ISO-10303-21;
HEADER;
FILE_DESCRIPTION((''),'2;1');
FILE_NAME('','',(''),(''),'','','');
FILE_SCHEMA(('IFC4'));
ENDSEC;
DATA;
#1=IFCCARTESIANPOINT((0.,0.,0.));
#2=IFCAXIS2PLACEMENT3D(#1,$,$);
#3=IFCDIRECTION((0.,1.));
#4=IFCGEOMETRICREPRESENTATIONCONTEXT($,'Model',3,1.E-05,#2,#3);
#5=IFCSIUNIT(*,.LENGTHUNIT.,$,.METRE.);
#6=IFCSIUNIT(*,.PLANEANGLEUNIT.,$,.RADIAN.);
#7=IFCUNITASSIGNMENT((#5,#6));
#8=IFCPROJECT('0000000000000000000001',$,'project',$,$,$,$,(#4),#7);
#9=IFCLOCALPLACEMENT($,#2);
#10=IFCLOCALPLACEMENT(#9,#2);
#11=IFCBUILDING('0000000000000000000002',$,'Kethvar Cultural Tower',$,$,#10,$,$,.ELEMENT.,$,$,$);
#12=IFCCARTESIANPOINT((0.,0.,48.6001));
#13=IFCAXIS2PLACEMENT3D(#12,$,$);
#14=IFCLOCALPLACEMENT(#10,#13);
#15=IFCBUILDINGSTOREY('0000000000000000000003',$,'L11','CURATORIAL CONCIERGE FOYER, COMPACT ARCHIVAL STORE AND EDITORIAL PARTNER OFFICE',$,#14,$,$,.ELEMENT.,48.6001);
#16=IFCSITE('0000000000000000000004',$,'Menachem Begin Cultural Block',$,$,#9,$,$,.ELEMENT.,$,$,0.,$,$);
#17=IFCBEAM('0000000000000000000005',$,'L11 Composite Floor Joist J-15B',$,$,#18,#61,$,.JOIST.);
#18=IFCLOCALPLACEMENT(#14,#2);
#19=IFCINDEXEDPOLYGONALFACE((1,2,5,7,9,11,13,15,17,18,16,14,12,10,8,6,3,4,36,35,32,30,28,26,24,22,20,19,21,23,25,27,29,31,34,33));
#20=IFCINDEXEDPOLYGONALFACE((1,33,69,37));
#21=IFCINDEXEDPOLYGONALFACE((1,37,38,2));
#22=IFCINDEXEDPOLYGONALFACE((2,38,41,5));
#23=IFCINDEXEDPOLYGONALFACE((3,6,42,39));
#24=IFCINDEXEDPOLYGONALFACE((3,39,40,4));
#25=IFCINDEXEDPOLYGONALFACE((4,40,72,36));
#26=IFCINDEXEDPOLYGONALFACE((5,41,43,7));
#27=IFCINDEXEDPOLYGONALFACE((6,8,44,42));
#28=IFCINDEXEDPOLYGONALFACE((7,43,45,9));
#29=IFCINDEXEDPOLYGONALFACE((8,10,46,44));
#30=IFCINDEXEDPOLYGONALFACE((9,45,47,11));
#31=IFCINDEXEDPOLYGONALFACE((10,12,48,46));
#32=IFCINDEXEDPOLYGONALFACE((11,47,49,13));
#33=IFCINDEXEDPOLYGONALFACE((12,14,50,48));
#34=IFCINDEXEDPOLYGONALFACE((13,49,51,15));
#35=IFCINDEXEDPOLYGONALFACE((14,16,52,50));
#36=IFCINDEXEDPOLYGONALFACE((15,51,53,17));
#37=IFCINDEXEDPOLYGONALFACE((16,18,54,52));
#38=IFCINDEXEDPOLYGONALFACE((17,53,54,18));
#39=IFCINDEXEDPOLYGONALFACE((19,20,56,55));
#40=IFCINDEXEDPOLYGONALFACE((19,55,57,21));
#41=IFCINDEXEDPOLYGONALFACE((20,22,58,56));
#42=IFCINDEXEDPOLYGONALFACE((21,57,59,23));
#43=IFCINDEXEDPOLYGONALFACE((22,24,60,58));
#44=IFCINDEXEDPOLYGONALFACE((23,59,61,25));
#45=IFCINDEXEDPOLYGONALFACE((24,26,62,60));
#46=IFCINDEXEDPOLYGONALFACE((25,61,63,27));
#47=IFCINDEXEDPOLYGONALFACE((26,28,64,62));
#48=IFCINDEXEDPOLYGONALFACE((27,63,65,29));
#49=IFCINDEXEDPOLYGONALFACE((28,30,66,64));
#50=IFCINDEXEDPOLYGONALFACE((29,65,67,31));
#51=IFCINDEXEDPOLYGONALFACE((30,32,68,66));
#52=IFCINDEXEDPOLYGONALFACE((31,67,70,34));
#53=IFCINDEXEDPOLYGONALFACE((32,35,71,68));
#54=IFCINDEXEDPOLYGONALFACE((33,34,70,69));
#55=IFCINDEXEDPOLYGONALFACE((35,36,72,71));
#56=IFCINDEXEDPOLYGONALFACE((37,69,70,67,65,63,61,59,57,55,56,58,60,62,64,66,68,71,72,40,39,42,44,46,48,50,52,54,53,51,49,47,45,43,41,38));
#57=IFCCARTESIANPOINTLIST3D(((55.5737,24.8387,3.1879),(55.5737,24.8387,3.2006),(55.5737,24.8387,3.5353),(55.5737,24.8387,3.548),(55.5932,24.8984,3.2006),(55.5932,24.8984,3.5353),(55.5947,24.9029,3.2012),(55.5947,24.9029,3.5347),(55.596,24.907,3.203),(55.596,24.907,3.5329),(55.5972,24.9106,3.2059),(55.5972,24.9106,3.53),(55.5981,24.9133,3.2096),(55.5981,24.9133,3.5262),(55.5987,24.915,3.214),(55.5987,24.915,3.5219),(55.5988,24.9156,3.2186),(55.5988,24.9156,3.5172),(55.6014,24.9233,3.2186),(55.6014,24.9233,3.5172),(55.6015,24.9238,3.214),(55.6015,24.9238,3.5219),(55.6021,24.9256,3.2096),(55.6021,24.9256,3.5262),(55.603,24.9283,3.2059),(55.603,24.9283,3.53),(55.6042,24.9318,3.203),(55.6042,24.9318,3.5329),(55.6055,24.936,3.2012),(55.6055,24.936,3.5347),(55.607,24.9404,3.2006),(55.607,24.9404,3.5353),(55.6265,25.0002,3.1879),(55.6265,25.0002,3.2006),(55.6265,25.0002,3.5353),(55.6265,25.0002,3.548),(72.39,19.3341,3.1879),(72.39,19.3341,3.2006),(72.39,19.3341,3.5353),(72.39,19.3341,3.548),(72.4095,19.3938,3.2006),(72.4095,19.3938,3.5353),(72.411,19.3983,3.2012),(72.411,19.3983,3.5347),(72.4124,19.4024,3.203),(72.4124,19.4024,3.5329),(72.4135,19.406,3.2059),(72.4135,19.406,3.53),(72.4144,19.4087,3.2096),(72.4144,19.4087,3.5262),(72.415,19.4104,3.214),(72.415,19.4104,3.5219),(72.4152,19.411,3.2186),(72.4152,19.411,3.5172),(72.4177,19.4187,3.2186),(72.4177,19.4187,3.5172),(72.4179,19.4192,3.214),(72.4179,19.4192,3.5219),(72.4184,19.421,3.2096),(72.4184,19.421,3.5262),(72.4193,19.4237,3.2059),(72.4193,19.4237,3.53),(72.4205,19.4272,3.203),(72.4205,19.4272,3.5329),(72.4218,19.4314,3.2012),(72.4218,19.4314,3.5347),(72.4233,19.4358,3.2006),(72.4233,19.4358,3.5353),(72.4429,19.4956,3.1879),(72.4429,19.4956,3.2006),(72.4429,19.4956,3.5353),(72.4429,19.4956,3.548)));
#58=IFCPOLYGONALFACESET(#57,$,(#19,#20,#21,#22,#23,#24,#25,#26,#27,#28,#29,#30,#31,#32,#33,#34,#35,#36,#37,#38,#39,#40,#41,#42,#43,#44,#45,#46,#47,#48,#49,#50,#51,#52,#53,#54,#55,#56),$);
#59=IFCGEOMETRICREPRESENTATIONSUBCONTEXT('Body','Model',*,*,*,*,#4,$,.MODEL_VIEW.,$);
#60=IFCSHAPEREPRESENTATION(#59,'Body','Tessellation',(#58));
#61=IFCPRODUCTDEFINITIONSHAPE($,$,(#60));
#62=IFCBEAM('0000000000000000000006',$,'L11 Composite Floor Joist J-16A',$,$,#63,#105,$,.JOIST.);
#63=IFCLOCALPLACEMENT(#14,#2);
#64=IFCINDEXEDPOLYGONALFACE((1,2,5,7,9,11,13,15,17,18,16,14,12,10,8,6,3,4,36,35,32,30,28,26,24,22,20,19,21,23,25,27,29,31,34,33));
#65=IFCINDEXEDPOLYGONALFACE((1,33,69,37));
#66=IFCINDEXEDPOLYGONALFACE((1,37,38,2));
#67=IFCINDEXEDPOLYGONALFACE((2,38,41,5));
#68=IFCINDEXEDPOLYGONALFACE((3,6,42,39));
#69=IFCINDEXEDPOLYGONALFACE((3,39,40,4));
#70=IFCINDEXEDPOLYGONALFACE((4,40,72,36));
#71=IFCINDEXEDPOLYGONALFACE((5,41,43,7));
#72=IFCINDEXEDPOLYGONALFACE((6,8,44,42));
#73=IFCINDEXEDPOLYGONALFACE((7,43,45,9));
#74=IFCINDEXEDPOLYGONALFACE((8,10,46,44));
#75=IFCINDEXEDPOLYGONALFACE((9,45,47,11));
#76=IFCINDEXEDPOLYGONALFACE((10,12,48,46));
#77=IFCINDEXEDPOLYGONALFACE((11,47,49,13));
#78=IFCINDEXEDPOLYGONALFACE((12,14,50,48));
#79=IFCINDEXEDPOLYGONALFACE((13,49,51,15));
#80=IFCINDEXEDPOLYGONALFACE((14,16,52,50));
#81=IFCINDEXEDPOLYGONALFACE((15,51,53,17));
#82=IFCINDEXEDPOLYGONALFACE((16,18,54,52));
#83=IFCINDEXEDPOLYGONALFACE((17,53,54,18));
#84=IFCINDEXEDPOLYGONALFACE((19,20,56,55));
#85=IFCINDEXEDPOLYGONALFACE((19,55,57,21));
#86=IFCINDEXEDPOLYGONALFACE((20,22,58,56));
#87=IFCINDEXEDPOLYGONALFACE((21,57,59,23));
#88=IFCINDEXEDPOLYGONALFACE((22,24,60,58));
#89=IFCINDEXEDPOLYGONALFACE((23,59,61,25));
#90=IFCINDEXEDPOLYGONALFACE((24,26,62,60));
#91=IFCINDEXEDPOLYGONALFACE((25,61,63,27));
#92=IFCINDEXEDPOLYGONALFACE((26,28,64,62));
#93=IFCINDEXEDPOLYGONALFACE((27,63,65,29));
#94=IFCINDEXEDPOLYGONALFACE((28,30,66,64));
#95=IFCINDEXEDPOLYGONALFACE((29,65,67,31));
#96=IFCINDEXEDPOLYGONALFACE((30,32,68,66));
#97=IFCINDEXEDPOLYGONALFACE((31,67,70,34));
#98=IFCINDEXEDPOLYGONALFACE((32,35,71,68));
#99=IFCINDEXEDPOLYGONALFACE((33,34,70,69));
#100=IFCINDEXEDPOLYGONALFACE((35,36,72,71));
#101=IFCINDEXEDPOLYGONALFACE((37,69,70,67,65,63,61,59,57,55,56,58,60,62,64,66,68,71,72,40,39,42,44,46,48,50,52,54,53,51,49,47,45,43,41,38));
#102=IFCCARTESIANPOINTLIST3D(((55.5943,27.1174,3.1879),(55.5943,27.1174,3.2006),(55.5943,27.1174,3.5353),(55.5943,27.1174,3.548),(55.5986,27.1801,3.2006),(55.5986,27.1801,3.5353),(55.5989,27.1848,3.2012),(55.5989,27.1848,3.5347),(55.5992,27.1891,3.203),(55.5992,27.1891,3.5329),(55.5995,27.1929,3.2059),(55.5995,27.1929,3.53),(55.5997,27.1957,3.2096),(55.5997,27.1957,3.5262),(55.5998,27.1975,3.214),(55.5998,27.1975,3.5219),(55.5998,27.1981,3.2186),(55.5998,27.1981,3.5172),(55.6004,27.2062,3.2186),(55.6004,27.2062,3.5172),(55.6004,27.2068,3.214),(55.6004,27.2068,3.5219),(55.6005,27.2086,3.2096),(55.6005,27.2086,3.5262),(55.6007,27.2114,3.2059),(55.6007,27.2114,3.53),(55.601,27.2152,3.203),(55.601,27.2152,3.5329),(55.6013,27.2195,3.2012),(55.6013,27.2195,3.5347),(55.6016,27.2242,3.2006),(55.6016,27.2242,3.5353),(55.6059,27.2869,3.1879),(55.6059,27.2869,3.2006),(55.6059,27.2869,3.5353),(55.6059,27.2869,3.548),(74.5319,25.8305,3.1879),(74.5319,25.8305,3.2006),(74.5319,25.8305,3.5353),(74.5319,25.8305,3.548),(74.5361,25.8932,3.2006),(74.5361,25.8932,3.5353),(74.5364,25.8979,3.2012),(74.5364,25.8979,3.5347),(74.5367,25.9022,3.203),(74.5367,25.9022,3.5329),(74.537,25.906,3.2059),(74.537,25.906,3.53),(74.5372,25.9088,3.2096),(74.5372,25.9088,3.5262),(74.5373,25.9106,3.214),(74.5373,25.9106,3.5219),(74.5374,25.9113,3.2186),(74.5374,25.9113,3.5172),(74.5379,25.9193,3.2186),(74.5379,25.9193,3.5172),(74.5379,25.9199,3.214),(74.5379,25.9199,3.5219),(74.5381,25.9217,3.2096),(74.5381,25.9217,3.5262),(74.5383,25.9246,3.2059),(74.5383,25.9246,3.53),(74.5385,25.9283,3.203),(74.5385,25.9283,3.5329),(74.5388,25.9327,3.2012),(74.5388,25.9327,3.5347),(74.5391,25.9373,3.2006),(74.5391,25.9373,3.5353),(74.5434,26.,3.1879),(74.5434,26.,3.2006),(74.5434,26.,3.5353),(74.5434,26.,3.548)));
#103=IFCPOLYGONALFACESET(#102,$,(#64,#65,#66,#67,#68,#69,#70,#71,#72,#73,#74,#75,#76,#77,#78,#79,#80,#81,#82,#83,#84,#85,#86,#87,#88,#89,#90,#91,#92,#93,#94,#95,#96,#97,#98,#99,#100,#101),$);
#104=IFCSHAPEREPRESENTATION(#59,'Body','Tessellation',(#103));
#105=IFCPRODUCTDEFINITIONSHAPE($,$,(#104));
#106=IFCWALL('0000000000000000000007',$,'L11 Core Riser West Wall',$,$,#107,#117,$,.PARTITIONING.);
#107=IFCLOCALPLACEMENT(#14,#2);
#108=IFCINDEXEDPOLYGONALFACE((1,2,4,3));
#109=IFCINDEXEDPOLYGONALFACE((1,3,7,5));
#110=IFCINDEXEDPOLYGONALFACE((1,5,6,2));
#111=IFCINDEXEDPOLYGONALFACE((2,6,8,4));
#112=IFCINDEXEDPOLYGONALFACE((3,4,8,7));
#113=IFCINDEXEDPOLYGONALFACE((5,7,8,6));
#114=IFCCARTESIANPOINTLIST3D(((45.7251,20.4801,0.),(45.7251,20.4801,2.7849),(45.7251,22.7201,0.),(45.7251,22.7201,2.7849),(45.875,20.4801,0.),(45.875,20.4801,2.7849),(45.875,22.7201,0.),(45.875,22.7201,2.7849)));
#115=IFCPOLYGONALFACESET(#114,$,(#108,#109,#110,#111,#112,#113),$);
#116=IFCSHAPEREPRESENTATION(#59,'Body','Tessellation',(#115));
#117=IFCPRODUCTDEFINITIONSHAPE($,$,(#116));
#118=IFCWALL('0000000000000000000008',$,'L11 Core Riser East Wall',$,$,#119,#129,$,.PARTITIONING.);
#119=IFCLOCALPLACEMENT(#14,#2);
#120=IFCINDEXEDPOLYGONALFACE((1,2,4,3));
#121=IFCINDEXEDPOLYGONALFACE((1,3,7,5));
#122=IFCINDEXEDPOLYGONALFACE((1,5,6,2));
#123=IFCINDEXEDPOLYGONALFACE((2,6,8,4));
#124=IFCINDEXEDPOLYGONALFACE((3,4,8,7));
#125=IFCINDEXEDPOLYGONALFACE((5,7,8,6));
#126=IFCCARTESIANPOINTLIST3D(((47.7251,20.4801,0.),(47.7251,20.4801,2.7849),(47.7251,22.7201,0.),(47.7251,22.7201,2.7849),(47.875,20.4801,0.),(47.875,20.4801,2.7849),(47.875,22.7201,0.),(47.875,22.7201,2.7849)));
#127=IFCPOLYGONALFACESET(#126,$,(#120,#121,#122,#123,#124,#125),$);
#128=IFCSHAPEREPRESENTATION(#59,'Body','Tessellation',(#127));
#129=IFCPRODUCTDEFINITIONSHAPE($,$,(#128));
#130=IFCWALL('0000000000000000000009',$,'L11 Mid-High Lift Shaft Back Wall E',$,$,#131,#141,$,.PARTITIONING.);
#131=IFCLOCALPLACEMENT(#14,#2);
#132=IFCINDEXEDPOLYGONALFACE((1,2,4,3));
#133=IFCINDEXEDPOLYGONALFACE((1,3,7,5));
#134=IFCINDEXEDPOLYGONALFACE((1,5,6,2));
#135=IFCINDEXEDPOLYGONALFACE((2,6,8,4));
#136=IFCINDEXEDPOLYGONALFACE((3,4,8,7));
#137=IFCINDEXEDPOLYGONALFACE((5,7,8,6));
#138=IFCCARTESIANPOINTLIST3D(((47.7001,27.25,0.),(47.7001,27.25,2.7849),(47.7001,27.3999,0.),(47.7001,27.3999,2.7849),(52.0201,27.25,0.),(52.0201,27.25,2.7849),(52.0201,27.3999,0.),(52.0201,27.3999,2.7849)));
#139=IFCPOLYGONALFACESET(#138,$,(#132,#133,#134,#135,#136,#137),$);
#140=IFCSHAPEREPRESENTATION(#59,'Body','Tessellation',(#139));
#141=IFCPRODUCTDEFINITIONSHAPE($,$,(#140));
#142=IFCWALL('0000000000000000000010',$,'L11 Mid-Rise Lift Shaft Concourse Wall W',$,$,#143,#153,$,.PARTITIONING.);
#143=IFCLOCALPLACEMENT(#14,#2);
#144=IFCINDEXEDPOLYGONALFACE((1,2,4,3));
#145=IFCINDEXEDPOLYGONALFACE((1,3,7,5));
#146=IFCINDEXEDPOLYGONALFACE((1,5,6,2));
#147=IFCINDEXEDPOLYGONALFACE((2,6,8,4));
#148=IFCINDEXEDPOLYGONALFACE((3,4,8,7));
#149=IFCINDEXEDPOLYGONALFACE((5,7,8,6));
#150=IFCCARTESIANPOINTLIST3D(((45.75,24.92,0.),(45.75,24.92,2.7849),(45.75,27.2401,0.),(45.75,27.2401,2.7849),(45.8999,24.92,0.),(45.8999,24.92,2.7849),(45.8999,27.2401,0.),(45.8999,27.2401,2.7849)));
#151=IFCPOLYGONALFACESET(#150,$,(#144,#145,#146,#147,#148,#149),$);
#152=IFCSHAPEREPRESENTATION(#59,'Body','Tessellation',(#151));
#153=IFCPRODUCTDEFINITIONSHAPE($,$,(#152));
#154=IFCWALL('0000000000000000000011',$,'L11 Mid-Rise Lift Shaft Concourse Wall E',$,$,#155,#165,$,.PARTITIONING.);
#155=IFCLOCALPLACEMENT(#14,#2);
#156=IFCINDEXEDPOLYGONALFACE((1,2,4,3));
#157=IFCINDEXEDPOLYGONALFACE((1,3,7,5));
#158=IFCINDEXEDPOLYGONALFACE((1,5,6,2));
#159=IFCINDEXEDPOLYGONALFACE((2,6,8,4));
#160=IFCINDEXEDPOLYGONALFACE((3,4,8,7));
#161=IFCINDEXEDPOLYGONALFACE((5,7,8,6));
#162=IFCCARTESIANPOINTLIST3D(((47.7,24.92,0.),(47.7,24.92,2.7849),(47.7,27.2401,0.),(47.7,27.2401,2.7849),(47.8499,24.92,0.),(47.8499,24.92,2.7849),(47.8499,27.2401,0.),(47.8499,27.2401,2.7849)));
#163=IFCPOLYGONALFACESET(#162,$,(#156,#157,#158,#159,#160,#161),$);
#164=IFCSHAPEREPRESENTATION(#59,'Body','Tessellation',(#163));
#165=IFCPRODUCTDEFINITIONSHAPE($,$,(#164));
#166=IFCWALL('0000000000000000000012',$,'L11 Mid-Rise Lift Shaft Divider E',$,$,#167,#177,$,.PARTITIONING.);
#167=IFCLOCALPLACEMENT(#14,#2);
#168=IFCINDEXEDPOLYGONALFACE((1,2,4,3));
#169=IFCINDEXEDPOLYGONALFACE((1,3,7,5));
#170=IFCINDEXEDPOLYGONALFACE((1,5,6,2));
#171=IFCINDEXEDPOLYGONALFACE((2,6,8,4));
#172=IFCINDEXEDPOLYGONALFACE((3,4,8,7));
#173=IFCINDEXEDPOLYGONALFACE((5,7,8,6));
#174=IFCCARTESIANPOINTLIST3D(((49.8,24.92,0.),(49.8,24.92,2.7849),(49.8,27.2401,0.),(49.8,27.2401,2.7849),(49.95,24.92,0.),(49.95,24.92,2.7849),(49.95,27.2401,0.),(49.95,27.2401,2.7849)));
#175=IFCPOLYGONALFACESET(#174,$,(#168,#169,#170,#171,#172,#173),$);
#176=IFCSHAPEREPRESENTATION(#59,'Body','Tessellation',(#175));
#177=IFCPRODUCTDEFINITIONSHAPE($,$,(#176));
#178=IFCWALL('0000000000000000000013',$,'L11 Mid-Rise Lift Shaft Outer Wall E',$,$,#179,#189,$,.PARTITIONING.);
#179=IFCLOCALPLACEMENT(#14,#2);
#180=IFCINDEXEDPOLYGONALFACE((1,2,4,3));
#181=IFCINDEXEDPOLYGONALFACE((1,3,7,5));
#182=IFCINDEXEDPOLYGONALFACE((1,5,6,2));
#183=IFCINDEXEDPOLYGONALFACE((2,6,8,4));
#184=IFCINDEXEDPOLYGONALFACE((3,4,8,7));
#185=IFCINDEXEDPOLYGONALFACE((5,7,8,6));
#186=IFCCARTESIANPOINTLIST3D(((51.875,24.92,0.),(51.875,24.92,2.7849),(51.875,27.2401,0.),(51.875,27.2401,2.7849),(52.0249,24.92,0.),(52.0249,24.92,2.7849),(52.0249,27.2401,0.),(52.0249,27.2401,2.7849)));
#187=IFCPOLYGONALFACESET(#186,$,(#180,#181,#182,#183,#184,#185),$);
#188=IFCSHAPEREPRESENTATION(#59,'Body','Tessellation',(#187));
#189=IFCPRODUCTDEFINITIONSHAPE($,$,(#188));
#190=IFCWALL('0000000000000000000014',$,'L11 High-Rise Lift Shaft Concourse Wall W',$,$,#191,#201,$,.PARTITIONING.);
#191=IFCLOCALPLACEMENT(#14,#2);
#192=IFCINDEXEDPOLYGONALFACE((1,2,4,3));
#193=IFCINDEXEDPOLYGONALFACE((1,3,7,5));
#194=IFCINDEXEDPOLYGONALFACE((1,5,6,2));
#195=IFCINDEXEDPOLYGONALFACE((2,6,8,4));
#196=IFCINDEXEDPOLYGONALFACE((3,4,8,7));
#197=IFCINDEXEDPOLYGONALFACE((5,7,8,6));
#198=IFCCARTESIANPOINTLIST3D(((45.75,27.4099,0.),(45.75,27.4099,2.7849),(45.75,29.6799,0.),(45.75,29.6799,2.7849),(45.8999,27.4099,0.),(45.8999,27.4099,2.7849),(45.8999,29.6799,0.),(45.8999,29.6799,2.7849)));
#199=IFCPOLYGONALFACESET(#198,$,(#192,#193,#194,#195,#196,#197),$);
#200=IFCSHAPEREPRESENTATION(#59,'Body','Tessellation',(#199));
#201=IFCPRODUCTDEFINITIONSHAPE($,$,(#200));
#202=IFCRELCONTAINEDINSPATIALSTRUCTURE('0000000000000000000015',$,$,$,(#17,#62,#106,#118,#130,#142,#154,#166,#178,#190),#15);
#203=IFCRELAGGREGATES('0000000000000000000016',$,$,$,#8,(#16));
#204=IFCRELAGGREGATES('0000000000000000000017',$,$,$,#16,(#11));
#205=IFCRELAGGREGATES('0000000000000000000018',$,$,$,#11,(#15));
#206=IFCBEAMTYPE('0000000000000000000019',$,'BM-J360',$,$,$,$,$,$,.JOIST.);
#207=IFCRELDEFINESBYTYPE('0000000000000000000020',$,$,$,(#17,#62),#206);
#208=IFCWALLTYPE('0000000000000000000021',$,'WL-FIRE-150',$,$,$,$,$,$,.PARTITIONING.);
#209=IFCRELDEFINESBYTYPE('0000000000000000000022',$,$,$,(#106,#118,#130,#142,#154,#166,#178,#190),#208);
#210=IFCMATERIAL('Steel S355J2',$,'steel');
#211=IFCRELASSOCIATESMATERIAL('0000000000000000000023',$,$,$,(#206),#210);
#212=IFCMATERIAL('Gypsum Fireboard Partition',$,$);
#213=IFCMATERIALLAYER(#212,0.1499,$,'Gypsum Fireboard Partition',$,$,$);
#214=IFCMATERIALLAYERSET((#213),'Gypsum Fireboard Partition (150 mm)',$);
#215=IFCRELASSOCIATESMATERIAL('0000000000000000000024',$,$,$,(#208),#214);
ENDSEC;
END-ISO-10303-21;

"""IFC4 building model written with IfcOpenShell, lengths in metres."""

from ifc_helpers import new_model, si_unit, direction, frame, frame_2d, origin, origin_2d, place, context, subcontext, project, spatial, rectangle, i_section, extrude, source, transform, mapped, material, layer, layer_set, material_profile, profile_set, type_object, element, save


model = new_model("IFC4")

# Units and contexts
model_context = context("Model", 3, precision=1e-05, world=origin(), true_north=direction((0.0, 1.0)))
body_context = subcontext(model_context, "Body", "Model", "MODEL_VIEW")
ifc_project = project(units=[si_unit("LENGTHUNIT", "METRE"), si_unit("PLANEANGLEUNIT", "RADIAN")], contexts=[model_context])

# Site, building, storey
site_placement = place(None, origin())
site = spatial("IfcSite", under=ifc_project, at=site_placement, Name="Menachem Begin Cultural Block", CompositionType="ELEMENT", RefElevation=0.0)
building_placement = place(site_placement, origin())
building = spatial("IfcBuilding", under=site, at=building_placement, Name="Kethvar Cultural Tower", CompositionType="ELEMENT")
storey_placement = place(building_placement, frame((0.0, 0.0, 48.6001)))
storey = spatial("IfcBuildingStorey", under=building, at=storey_placement, Name="L11", Description="CURATORIAL CONCIERGE FOYER, COMPACT ARCHIVAL STORE AND EDITORIAL PARTNER OFFICE", CompositionType="ELEMENT", Elevation=48.6001)

# Beams
ifc_material_1 = material(Name="Steel S355J2", Category="steel")
ifc_material_profile_1 = material_profile(ifc_material_1, i_section(OverallWidth=0.1699, OverallDepth=0.3601, WebThickness=0.0081, FlangeThickness=0.0127, FilletRadius=0.0181, at=origin_2d()), Name="Steel S355J2 — IPE360")
ifc_profile_set_1 = profile_set([ifc_material_profile_1], Name="Steel S355J2 — IPE360")
beam_type_1 = type_object("IfcBeamType", Name="BM-J360", PredefinedType="JOIST", material=ifc_profile_set_1)
shared_shape_1 = source(origin(), body_context, "Body", "SweptSolid", [
    extrude(i_section(OverallWidth=0.1699, OverallDepth=0.3601, WebThickness=0.0081, FlangeThickness=0.0127, FilletRadius=0.0181, at=origin_2d()), origin(), (0.0, 0.0, 1.0), 17.6943),
])
beam_1_placement = place(storey_placement, frame((55.6001, 24.9194, 3.3679), z_axis=(0.950379, -0.311095, 0.0), x_axis=(0.311095, 0.950379, 0.0)))
element("IfcBeam", 1, at=beam_1_placement, inside=storey, type_object=beam_type_1, Name="L11 Composite Floor Joist J-15B", PredefinedType="JOIST", context=body_context, shape_type="MappedRepresentation", body=[
    mapped(shared_shape_1, transform((0.0, 0.0, 0.0), scale=1.0)),
])
shared_shape_2 = source(origin(), body_context, "Body", "SweptSolid", [
    extrude(i_section(OverallWidth=0.1699, OverallDepth=0.3601, WebThickness=0.0081, FlangeThickness=0.0127, FilletRadius=0.0181, at=origin_2d()), origin(), (0.0, 0.0, 1.0), 18.9812),
])
beam_2_placement = place(storey_placement, frame((55.6001, 27.2021, 3.3679), z_axis=(0.997699, -0.067797, 0.0), x_axis=(0.067797, 0.997699, 0.0)))
element("IfcBeam", 2, at=beam_2_placement, inside=storey, type_object=beam_type_1, Name="L11 Composite Floor Joist J-16A", PredefinedType="JOIST", context=body_context, shape_type="MappedRepresentation", body=[
    mapped(shared_shape_2, transform((0.0, 0.0, 0.0), scale=1.0)),
])

# Walls
ifc_material_2 = material(Name="Gypsum Fireboard Partition")
ifc_layer_1 = layer(ifc_material_2, 0.1499, Name="Gypsum Fireboard Partition")
ifc_layer_set_1 = layer_set([ifc_layer_1], Name="Gypsum Fireboard Partition (150 mm)")
wall_type_1 = type_object("IfcWallType", Name="WL-FIRE-150", PredefinedType="PARTITIONING", material=ifc_layer_set_1)
for number, where, z_axis, x_axis, name in (
    (3, (45.8, 20.48, 0.0), (0.0, 0.0, 1.0), (0.0, 1.0, 0.0), "L11 Core Riser West Wall"),
    (4, (47.8, 20.48, 0.0), (0.0, 0.0, 1.0), (0.0, 1.0, 0.0), "L11 Core Riser East Wall"),
):
    element("IfcWall", number, at=place(storey_placement, frame(where, z_axis=z_axis, x_axis=x_axis)), inside=storey, type_object=wall_type_1, Name=name, PredefinedType="PARTITIONING", context=body_context, shape_type="SweptSolid", body=[
        extrude(rectangle(XDim=2.24, YDim=0.1499, at=frame_2d((1.1201, 0.0))), origin(), (0.0, 0.0, 1.0), 2.7849),
    ])
wall_1_placement = place(storey_placement, frame((47.7, 27.325, 0.0), z_axis=(0.0, 0.0, 1.0), x_axis=(1.0, 0.0, 0.0)))
element("IfcWall", 5, at=wall_1_placement, inside=storey, type_object=wall_type_1, Name="L11 Mid-High Lift Shaft Back Wall E", PredefinedType="PARTITIONING", context=body_context, shape_type="SweptSolid", body=[
    extrude(rectangle(XDim=4.3201, YDim=0.1499, at=frame_2d((2.1602, 0.0))), origin(), (0.0, 0.0, 1.0), 2.7849),
])
for number, where, z_axis, x_axis, name in (
    (6, (45.825, 24.9199, 0.0), (0.0, 0.0, 1.0), (0.0, 1.0, 0.0), "L11 Mid-Rise Lift Shaft Concourse Wall W"),
    (7, (47.7749, 24.9199, 0.0), (0.0, 0.0, 1.0), (0.0, 1.0, 0.0), "L11 Mid-Rise Lift Shaft Concourse Wall E"),
    (8, (49.875, 24.9199, 0.0), (0.0, 0.0, 1.0), (0.0, 1.0, 0.0), "L11 Mid-Rise Lift Shaft Divider E"),
    (9, (51.95, 24.9199, 0.0), (0.0, 0.0, 1.0), (0.0, 1.0, 0.0), "L11 Mid-Rise Lift Shaft Outer Wall E"),
):
    element("IfcWall", number, at=place(storey_placement, frame(where, z_axis=z_axis, x_axis=x_axis)), inside=storey, type_object=wall_type_1, Name=name, PredefinedType="PARTITIONING", context=body_context, shape_type="SweptSolid", body=[
        extrude(rectangle(XDim=2.3201, YDim=0.1499, at=frame_2d((1.1602, 0.0))), origin(), (0.0, 0.0, 1.0), 2.7849),
    ])
wall_2_placement = place(storey_placement, frame((45.825, 27.4099, 0.0), z_axis=(0.0, 0.0, 1.0), x_axis=(0.0, 1.0, 0.0)))
element("IfcWall", 10, at=wall_2_placement, inside=storey, type_object=wall_type_1, Name="L11 High-Rise Lift Shaft Concourse Wall W", PredefinedType="PARTITIONING", context=body_context, shape_type="SweptSolid", body=[
    extrude(rectangle(XDim=2.27, YDim=0.1499, at=frame_2d((1.135, 0.0))), origin(), (0.0, 0.0, 1.0), 2.7849),
])

save(model, "model.ifc")
